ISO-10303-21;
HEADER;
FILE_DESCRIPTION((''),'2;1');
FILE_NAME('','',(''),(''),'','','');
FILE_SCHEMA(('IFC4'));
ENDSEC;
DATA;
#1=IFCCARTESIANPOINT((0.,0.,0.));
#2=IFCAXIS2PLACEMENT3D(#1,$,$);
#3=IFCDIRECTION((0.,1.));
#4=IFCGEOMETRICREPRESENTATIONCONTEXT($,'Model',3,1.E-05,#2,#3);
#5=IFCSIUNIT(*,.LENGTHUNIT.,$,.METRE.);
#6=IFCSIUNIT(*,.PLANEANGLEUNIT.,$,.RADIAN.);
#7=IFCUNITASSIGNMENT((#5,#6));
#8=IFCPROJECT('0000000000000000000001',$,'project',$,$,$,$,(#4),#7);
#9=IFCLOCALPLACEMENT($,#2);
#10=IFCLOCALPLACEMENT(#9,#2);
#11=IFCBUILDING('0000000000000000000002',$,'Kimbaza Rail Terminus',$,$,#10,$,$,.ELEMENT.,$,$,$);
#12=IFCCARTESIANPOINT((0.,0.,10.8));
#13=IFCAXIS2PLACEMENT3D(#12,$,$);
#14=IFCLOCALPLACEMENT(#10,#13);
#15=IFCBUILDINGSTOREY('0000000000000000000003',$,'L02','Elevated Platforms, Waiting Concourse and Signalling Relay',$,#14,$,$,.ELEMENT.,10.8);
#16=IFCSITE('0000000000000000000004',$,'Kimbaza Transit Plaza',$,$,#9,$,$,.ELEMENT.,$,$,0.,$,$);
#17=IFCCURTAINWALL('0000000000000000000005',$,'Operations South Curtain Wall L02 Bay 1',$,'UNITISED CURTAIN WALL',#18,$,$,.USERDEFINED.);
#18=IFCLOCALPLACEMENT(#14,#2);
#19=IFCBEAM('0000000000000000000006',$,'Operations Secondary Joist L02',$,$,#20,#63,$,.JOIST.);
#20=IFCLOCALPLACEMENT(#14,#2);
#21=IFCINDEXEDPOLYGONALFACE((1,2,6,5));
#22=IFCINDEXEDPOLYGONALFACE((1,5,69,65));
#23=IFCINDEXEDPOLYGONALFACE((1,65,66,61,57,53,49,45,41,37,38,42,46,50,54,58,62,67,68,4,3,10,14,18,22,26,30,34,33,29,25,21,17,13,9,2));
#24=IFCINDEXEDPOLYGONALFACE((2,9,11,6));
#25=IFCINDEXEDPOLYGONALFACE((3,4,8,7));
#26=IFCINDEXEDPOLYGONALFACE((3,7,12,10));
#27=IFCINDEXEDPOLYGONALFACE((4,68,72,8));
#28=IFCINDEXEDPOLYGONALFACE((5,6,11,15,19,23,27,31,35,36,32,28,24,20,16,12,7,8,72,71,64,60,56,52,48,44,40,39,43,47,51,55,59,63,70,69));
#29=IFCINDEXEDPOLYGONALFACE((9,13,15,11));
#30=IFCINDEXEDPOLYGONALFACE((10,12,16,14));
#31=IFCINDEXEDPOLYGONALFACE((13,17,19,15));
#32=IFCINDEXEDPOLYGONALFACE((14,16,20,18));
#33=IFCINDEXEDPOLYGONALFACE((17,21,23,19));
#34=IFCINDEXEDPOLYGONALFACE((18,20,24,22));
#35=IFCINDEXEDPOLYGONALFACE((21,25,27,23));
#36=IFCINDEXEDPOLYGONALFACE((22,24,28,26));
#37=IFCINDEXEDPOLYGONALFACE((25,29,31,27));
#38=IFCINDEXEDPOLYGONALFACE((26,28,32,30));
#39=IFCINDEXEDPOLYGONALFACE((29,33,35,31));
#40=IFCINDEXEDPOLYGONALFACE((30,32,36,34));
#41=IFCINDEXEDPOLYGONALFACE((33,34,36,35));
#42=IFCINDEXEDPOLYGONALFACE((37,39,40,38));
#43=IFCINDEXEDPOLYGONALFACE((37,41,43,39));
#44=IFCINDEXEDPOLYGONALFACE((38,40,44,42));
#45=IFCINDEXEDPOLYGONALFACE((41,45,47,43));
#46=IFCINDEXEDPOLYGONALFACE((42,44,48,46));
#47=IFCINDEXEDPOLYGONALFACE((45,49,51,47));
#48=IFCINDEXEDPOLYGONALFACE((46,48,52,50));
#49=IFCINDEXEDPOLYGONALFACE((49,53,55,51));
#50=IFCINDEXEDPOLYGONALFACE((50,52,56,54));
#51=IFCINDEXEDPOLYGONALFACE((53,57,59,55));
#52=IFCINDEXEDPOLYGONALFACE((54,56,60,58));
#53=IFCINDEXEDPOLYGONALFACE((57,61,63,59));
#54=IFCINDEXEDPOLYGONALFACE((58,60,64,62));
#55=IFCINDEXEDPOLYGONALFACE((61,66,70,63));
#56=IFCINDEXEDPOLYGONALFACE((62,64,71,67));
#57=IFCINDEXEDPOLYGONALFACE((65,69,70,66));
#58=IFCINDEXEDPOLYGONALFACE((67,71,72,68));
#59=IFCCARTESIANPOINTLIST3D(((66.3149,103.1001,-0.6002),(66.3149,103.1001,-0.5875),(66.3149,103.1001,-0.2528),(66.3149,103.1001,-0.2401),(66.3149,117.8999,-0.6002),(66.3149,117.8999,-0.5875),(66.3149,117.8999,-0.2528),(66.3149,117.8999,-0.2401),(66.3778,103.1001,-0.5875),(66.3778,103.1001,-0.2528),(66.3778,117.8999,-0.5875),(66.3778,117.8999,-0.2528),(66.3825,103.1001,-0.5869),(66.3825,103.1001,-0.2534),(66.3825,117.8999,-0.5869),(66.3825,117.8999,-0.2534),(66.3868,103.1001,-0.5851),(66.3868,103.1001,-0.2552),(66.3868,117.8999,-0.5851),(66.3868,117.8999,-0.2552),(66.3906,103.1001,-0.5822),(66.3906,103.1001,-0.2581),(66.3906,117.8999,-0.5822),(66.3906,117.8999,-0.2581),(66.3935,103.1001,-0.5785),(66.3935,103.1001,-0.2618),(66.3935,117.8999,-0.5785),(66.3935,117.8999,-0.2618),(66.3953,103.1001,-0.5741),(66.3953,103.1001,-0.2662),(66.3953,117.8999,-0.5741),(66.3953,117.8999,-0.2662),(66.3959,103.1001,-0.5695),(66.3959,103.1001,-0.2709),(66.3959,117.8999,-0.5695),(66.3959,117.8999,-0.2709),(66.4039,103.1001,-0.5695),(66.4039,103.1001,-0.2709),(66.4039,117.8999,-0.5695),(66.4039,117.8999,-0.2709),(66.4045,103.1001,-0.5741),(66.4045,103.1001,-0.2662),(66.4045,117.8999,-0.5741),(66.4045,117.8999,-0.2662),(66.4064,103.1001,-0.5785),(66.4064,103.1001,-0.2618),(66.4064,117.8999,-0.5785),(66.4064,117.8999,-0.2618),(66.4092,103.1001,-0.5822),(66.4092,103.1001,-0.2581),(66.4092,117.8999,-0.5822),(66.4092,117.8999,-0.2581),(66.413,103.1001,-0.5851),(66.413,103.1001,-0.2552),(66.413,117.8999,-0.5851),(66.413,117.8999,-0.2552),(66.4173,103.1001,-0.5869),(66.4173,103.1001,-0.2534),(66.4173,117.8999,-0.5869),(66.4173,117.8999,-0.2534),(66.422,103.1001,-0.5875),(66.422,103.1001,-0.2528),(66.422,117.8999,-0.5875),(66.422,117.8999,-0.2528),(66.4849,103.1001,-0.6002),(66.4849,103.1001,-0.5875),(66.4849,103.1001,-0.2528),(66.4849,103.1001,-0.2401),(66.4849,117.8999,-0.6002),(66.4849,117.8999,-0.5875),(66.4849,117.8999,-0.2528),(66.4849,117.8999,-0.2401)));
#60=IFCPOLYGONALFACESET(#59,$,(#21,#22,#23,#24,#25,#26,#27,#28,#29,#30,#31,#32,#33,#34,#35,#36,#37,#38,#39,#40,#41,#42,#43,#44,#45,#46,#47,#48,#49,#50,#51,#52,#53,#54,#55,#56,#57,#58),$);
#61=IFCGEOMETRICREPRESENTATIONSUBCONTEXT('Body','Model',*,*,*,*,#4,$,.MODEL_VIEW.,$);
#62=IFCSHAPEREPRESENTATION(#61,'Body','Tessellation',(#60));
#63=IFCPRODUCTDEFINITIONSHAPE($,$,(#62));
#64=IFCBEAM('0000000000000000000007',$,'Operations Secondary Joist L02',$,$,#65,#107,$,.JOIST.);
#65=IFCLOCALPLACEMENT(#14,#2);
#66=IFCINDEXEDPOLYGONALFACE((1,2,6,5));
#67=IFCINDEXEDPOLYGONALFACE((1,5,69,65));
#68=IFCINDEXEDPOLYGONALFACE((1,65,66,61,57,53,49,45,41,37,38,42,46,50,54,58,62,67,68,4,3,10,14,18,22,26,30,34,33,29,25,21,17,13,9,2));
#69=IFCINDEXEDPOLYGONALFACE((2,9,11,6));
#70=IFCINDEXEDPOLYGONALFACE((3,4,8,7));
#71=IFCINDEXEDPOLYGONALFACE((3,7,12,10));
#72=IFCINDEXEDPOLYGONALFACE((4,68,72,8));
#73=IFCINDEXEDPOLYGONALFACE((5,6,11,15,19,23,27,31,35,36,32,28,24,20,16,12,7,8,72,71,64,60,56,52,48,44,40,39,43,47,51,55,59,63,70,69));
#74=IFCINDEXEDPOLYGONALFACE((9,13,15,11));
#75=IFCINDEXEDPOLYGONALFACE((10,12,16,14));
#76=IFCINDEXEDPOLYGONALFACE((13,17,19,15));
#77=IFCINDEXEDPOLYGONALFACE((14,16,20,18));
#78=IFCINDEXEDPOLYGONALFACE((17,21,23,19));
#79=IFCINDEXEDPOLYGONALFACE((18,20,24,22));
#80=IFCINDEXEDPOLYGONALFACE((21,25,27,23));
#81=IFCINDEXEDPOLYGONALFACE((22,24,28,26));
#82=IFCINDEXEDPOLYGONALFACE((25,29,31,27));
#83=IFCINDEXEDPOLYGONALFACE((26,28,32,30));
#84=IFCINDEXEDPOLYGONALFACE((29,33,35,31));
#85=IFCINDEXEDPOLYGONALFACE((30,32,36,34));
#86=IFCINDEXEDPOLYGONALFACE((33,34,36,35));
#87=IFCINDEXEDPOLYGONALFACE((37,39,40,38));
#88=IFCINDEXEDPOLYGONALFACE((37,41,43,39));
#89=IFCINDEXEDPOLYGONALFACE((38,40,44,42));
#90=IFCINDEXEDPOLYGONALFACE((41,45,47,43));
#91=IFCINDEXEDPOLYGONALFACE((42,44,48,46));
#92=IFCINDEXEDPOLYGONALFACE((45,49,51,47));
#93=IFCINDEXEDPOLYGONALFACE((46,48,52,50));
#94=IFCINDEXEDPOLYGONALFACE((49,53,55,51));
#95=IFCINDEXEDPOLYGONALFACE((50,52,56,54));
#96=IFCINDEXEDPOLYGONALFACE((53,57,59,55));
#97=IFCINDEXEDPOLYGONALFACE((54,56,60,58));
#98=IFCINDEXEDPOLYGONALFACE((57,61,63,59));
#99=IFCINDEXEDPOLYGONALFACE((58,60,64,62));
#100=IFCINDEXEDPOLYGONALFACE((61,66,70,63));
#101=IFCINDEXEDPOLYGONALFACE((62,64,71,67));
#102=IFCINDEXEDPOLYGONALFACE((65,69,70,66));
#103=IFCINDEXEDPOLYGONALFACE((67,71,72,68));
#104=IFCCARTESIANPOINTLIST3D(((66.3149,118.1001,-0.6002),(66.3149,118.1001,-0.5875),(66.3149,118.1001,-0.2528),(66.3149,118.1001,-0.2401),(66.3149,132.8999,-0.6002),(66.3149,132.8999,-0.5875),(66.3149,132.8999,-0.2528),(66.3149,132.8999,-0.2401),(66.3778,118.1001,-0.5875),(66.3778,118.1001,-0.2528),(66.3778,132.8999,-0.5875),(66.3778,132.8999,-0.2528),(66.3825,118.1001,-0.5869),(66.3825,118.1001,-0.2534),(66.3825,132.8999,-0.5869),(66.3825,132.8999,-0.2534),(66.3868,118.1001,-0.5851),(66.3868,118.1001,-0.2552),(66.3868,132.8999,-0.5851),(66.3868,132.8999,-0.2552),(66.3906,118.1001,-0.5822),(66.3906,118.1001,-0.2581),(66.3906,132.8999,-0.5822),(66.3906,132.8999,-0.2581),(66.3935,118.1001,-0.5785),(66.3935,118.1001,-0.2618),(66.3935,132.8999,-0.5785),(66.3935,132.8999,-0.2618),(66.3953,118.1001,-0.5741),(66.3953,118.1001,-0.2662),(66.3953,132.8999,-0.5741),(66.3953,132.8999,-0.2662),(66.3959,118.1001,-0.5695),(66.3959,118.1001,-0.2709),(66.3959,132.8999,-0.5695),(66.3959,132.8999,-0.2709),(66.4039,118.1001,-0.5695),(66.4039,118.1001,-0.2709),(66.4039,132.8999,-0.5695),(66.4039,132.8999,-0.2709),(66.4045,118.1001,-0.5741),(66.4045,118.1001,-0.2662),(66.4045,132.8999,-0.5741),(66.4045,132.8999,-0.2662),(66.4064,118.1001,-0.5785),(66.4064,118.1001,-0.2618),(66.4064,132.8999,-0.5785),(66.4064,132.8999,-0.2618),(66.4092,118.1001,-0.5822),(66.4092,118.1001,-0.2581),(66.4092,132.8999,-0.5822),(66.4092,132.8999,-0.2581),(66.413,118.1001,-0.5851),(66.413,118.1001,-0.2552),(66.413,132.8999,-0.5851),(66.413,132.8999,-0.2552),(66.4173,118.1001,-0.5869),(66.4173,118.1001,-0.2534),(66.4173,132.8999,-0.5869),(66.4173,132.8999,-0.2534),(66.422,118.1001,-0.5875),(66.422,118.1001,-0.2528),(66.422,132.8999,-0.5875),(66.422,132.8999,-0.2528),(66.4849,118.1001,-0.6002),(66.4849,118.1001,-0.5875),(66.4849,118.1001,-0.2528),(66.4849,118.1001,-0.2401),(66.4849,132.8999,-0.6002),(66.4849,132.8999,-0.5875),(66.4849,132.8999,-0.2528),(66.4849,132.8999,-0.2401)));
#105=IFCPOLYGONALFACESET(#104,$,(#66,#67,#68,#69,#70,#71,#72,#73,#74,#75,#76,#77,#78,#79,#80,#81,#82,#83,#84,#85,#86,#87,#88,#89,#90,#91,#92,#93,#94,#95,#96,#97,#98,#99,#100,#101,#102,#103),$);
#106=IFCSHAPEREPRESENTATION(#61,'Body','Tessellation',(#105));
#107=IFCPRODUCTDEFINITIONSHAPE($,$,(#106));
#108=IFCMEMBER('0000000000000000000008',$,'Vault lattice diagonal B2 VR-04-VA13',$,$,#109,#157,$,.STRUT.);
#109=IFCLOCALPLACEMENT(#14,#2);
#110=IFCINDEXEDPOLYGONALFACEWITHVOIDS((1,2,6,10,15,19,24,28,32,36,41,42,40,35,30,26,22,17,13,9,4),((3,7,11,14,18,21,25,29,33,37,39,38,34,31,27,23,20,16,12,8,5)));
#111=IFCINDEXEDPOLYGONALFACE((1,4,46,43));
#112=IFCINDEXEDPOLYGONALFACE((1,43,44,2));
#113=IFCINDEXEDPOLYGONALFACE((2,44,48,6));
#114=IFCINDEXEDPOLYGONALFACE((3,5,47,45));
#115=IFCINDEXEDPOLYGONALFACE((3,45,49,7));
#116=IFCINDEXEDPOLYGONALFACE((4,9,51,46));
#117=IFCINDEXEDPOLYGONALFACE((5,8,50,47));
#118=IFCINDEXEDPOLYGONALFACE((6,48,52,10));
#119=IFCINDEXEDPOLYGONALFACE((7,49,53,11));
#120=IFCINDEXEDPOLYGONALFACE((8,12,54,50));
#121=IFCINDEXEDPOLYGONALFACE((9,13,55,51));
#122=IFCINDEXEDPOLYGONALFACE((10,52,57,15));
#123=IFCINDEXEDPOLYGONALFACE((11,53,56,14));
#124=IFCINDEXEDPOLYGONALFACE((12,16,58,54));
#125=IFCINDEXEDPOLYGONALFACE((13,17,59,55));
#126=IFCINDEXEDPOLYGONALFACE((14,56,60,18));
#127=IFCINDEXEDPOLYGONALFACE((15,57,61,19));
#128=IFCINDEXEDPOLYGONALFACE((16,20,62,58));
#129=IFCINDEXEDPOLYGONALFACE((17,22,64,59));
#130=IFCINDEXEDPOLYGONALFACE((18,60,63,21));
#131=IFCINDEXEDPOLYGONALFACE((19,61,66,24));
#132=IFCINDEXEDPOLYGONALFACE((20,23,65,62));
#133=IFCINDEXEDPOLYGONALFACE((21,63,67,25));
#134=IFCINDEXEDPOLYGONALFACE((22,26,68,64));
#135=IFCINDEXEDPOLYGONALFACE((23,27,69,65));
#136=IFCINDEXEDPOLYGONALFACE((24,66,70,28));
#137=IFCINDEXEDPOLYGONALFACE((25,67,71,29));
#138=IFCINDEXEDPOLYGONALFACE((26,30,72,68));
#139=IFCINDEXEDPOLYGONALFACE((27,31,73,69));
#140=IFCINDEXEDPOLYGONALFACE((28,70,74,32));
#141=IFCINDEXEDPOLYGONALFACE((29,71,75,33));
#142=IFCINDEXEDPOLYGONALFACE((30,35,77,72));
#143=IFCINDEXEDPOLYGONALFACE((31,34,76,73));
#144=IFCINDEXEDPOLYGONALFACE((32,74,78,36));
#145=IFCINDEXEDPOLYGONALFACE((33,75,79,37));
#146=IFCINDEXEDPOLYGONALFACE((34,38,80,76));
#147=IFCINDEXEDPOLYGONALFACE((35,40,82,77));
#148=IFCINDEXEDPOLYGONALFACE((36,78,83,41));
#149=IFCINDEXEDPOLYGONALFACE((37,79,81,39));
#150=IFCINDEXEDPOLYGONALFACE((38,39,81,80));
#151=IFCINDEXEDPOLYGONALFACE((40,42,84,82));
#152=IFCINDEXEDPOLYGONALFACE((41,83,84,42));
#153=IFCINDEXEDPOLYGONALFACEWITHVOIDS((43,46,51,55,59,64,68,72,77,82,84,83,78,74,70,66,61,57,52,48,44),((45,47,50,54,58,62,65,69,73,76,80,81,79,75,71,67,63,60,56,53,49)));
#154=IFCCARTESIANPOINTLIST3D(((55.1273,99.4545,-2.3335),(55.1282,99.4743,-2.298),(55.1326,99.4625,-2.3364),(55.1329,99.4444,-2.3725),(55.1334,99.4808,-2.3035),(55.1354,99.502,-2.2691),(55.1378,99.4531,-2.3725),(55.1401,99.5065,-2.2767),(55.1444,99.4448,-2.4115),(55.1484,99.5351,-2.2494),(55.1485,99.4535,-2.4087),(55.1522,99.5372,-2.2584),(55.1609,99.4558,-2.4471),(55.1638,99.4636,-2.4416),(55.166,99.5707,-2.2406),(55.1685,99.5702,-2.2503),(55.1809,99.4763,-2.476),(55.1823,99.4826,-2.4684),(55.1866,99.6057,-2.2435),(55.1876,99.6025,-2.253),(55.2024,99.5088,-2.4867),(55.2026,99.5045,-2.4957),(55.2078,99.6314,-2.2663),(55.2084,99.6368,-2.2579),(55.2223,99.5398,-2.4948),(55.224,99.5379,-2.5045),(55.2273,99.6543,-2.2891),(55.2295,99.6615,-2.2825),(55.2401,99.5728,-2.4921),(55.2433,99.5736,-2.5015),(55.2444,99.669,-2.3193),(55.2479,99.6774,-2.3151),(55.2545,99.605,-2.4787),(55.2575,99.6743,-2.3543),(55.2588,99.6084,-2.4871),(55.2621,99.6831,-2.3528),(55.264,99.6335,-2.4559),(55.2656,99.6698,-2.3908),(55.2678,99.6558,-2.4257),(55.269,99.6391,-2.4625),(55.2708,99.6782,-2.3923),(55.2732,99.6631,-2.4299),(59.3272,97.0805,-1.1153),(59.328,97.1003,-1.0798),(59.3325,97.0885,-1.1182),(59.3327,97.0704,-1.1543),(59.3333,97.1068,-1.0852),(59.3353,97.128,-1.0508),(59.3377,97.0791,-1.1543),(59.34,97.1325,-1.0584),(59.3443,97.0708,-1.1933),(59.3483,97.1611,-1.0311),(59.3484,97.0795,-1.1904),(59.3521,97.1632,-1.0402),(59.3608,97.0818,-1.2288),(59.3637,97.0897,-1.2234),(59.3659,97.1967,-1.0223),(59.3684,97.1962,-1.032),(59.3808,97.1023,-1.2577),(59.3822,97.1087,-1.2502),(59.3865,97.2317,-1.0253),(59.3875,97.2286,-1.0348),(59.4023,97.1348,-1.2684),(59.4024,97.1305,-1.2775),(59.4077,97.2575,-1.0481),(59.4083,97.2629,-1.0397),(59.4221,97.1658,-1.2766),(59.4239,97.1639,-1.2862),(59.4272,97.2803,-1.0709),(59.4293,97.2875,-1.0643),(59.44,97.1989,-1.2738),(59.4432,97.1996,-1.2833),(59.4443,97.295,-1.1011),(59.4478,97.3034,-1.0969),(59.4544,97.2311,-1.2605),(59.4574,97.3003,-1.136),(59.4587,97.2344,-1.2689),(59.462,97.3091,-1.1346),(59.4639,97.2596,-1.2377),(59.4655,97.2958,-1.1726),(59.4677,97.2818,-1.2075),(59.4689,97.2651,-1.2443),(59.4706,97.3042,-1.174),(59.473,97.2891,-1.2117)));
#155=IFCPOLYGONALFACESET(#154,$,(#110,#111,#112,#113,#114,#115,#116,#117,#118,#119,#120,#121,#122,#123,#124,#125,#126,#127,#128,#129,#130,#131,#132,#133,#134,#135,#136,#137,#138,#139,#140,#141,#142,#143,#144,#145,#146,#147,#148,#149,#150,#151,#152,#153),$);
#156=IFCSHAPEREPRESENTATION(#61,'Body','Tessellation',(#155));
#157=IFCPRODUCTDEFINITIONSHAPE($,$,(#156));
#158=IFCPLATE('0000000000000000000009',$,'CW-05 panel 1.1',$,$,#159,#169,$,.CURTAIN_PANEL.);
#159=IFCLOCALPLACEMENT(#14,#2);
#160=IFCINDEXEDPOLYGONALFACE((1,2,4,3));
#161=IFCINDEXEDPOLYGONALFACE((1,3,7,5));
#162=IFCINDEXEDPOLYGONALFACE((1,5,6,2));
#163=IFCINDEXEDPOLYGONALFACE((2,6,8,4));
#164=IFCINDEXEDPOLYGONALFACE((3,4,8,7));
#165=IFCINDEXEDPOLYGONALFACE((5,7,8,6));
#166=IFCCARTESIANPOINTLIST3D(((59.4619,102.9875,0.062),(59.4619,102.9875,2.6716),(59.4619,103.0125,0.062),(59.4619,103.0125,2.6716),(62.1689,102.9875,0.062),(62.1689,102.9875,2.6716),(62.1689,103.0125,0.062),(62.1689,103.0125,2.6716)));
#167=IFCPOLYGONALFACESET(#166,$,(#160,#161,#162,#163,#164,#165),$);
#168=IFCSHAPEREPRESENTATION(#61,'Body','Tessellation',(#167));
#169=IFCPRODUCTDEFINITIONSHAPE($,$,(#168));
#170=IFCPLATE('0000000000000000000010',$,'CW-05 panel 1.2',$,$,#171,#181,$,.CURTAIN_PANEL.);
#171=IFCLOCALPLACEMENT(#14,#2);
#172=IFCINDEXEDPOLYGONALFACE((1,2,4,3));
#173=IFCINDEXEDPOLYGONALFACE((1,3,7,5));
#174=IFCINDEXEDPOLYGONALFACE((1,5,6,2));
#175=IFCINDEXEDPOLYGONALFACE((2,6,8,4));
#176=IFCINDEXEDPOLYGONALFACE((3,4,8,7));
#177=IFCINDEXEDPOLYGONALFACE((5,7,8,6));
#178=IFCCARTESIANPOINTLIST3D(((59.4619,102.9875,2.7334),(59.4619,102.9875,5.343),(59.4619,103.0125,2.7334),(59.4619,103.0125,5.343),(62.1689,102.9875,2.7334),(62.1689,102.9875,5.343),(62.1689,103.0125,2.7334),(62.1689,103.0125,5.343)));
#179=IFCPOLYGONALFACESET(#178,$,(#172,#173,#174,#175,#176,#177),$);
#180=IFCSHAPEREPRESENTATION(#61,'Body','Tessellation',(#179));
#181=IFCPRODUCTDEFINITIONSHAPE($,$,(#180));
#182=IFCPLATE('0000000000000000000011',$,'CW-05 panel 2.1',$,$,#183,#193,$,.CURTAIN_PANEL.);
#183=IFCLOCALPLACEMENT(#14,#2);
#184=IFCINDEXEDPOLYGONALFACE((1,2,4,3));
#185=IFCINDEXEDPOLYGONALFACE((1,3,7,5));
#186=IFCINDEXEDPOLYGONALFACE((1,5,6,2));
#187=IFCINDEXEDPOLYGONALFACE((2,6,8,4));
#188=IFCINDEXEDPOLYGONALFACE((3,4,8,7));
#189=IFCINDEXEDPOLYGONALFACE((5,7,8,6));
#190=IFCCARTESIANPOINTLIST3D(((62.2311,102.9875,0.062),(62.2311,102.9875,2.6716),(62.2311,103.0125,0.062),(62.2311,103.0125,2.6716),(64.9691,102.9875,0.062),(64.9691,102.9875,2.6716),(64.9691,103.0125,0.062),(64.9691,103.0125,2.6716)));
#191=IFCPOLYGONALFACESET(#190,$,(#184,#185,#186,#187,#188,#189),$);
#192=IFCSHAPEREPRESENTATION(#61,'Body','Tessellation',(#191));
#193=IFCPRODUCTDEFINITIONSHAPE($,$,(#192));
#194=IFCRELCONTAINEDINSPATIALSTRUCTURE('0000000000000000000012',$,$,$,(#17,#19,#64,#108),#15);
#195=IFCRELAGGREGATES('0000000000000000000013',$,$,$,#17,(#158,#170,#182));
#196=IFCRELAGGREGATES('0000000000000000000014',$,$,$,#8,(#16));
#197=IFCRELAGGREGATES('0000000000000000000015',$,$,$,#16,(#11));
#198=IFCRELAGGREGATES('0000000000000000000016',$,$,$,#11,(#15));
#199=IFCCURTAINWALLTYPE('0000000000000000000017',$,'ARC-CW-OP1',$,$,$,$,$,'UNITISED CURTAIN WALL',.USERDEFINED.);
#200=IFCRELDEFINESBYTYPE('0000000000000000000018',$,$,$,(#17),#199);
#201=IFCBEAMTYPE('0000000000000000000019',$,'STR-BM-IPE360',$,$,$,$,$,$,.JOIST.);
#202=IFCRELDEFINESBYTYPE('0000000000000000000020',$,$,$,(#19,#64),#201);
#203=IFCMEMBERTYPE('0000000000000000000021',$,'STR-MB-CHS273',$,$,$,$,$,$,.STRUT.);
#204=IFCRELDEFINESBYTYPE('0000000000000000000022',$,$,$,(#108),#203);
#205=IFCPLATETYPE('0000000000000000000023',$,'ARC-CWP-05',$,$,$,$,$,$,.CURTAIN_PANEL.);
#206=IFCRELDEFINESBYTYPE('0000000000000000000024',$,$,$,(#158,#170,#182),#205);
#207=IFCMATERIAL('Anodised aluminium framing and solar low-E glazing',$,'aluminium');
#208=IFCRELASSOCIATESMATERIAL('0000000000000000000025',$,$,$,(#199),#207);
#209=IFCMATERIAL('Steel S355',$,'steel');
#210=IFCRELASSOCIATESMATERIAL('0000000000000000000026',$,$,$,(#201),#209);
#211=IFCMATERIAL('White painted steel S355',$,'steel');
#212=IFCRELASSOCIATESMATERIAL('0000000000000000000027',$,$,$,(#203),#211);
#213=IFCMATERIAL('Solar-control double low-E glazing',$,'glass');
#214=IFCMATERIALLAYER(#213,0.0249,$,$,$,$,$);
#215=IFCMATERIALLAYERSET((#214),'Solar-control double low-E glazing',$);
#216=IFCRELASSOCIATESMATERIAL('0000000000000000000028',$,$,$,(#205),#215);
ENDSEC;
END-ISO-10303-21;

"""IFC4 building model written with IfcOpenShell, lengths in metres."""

from ifc_helpers import new_model, si_unit, direction, frame, origin, origin_2d, place, context, subcontext, project, spatial, rectangle, hollow_circle, i_section, extrude, material, layer, layer_set, material_profile, profile_set, type_object, element, aggregate, save


model = new_model("IFC4")

# Units and contexts
model_context = context("Model", 3, precision=1e-05, world=origin(), true_north=direction((0.0, 1.0)))
body_context = subcontext(model_context, "Body", "Model", "MODEL_VIEW")
ifc_project = project(units=[si_unit("LENGTHUNIT", "METRE"), si_unit("PLANEANGLEUNIT", "RADIAN")], contexts=[model_context])

# Site, building, storey
site_placement = place(None, origin())
site = spatial("IfcSite", under=ifc_project, at=site_placement, Name="Kimbaza Transit Plaza", CompositionType="ELEMENT", RefElevation=0.0)
building_placement = place(site_placement, origin())
building = spatial("IfcBuilding", under=site, at=building_placement, Name="Kimbaza Rail Terminus", CompositionType="ELEMENT")
storey_placement = place(building_placement, frame((0.0, 0.0, 10.8)))
storey = spatial("IfcBuildingStorey", under=building, at=storey_placement, Name="L02", Description="Elevated Platforms, Waiting Concourse and Signalling Relay", CompositionType="ELEMENT", Elevation=10.8)

# Curtain wall
ifc_material_1 = material(Name="Anodised aluminium framing and solar low-E glazing", Category="aluminium")
curtain_wall_type = type_object("IfcCurtainWallType", Name="ARC-CW-OP1", ElementType="UNITISED CURTAIN WALL", PredefinedType="USERDEFINED", material=ifc_material_1)
curtain_wall_placement = place(storey_placement, origin())
curtain_wall = element("IfcCurtainWall", 1, at=curtain_wall_placement, inside=storey, type_object=curtain_wall_type, Name="Operations South Curtain Wall L02 Bay 1", ObjectType="UNITISED CURTAIN WALL", PredefinedType="USERDEFINED")

# Beams
ifc_material_2 = material(Name="Steel S355", Category="steel")
ifc_material_profile_1 = material_profile(ifc_material_2, i_section(OverallWidth=0.1699, OverallDepth=0.3601, WebThickness=0.0081, FlangeThickness=0.0127, FilletRadius=0.0181, at=origin_2d()), Name="IPE 360")
ifc_profile_set_1 = profile_set([ifc_material_profile_1], Name="Steel S355")
beam_type_1 = type_object("IfcBeamType", Name="STR-BM-IPE360", PredefinedType="JOIST", material=ifc_profile_set_1)
for number, where, z_axis, x_axis, name in (
    (2, (66.3999, 103.1001, -0.4202), (0.0, 1.0, 0.0), (-1.0, 0.0, 0.0), "Operations Secondary Joist L02"),
    (3, (66.3999, 118.1001, -0.4202), (0.0, 1.0, 0.0), (-1.0, 0.0, 0.0), "Operations Secondary Joist L02"),
):
    element("IfcBeam", number, at=place(storey_placement, frame(where, z_axis=z_axis, x_axis=x_axis)), inside=storey, type_object=beam_type_1, Name=name, PredefinedType="JOIST", context=body_context, shape_type="SweptSolid", body=[
        extrude(i_section(OverallWidth=0.1699, OverallDepth=0.3601, WebThickness=0.0081, FlangeThickness=0.0127, FilletRadius=0.0181, at=origin_2d()), origin(), (0.0, 0.0, 1.0), 14.7998),
    ])

# Member
ifc_material_3 = material(Name="White painted steel S355", Category="steel")
ifc_material_profile_2 = material_profile(ifc_material_3, hollow_circle(Radius=0.1365, WallThickness=0.01, at=origin_2d()), Name="CHS 273x10")
ifc_profile_set_2 = profile_set([ifc_material_profile_2], Name="White painted steel S355")
member_type_1 = type_object("IfcMemberType", Name="STR-MB-CHS273", PredefinedType="STRUT", material=ifc_profile_set_2)
member_1_placement = place(storey_placement, frame((59.3999, 97.1892, -1.1543), z_axis=(-0.844056, 0.477103, -0.244832), x_axis=(-0.492079, -0.870551, 0.0)))
element("IfcMember", 4, at=member_1_placement, inside=storey, type_object=member_type_1, Name="Vault lattice diagonal B2 VR-04-VA13", PredefinedType="STRUT", context=body_context, shape_type="SweptSolid", body=[
    extrude(hollow_circle(Radius=0.1365, WallThickness=0.01, at=origin_2d()), origin(), (0.0, 0.0, 1.0), 4.9758),
])

# Plates
ifc_material_4 = material(Name="Solar-control double low-E glazing", Category="glass")
ifc_layer_1 = layer(ifc_material_4, 0.0249)
ifc_layer_set_1 = layer_set([ifc_layer_1], Name="Solar-control double low-E glazing")
plate_type_1 = type_object("IfcPlateType", Name="ARC-CWP-05", PredefinedType="CURTAIN_PANEL", material=ifc_layer_set_1)
plate_1_placement = place(storey_placement, frame((60.8154, 103.0, 0.062), z_axis=(0.0, 0.0, 1.0), x_axis=(1.0, 0.0, 0.0)))
plate_1 = element("IfcPlate", 5, at=plate_1_placement, type_object=plate_type_1, Name="CW-05 panel 1.1", PredefinedType="CURTAIN_PANEL", context=body_context, shape_type="SweptSolid", body=[
    extrude(rectangle(XDim=2.707, YDim=0.0249, at=origin_2d()), origin(), (0.0, 0.0, 1.0), 2.6096),
])
plate_2_placement = place(storey_placement, frame((60.8154, 103.0, 2.7334), z_axis=(0.0, 0.0, 1.0), x_axis=(1.0, 0.0, 0.0)))
plate_2 = element("IfcPlate", 6, at=plate_2_placement, type_object=plate_type_1, Name="CW-05 panel 1.2", PredefinedType="CURTAIN_PANEL", context=body_context, shape_type="SweptSolid", body=[
    extrude(rectangle(XDim=2.707, YDim=0.0249, at=origin_2d()), origin(), (0.0, 0.0, 1.0), 2.6096),
])
plate_3_placement = place(storey_placement, frame((63.6001, 103.0, 0.062), z_axis=(0.0, 0.0, 1.0), x_axis=(1.0, 0.0, 0.0)))
plate_3 = element("IfcPlate", 7, at=plate_3_placement, type_object=plate_type_1, Name="CW-05 panel 2.1", PredefinedType="CURTAIN_PANEL", context=body_context, shape_type="SweptSolid", body=[
    extrude(rectangle(XDim=2.738, YDim=0.0249, at=origin_2d()), origin(), (0.0, 0.0, 1.0), 2.6096),
])
aggregate(curtain_wall, [plate_1, plate_2, plate_3])

save(model, "model.ifc")
